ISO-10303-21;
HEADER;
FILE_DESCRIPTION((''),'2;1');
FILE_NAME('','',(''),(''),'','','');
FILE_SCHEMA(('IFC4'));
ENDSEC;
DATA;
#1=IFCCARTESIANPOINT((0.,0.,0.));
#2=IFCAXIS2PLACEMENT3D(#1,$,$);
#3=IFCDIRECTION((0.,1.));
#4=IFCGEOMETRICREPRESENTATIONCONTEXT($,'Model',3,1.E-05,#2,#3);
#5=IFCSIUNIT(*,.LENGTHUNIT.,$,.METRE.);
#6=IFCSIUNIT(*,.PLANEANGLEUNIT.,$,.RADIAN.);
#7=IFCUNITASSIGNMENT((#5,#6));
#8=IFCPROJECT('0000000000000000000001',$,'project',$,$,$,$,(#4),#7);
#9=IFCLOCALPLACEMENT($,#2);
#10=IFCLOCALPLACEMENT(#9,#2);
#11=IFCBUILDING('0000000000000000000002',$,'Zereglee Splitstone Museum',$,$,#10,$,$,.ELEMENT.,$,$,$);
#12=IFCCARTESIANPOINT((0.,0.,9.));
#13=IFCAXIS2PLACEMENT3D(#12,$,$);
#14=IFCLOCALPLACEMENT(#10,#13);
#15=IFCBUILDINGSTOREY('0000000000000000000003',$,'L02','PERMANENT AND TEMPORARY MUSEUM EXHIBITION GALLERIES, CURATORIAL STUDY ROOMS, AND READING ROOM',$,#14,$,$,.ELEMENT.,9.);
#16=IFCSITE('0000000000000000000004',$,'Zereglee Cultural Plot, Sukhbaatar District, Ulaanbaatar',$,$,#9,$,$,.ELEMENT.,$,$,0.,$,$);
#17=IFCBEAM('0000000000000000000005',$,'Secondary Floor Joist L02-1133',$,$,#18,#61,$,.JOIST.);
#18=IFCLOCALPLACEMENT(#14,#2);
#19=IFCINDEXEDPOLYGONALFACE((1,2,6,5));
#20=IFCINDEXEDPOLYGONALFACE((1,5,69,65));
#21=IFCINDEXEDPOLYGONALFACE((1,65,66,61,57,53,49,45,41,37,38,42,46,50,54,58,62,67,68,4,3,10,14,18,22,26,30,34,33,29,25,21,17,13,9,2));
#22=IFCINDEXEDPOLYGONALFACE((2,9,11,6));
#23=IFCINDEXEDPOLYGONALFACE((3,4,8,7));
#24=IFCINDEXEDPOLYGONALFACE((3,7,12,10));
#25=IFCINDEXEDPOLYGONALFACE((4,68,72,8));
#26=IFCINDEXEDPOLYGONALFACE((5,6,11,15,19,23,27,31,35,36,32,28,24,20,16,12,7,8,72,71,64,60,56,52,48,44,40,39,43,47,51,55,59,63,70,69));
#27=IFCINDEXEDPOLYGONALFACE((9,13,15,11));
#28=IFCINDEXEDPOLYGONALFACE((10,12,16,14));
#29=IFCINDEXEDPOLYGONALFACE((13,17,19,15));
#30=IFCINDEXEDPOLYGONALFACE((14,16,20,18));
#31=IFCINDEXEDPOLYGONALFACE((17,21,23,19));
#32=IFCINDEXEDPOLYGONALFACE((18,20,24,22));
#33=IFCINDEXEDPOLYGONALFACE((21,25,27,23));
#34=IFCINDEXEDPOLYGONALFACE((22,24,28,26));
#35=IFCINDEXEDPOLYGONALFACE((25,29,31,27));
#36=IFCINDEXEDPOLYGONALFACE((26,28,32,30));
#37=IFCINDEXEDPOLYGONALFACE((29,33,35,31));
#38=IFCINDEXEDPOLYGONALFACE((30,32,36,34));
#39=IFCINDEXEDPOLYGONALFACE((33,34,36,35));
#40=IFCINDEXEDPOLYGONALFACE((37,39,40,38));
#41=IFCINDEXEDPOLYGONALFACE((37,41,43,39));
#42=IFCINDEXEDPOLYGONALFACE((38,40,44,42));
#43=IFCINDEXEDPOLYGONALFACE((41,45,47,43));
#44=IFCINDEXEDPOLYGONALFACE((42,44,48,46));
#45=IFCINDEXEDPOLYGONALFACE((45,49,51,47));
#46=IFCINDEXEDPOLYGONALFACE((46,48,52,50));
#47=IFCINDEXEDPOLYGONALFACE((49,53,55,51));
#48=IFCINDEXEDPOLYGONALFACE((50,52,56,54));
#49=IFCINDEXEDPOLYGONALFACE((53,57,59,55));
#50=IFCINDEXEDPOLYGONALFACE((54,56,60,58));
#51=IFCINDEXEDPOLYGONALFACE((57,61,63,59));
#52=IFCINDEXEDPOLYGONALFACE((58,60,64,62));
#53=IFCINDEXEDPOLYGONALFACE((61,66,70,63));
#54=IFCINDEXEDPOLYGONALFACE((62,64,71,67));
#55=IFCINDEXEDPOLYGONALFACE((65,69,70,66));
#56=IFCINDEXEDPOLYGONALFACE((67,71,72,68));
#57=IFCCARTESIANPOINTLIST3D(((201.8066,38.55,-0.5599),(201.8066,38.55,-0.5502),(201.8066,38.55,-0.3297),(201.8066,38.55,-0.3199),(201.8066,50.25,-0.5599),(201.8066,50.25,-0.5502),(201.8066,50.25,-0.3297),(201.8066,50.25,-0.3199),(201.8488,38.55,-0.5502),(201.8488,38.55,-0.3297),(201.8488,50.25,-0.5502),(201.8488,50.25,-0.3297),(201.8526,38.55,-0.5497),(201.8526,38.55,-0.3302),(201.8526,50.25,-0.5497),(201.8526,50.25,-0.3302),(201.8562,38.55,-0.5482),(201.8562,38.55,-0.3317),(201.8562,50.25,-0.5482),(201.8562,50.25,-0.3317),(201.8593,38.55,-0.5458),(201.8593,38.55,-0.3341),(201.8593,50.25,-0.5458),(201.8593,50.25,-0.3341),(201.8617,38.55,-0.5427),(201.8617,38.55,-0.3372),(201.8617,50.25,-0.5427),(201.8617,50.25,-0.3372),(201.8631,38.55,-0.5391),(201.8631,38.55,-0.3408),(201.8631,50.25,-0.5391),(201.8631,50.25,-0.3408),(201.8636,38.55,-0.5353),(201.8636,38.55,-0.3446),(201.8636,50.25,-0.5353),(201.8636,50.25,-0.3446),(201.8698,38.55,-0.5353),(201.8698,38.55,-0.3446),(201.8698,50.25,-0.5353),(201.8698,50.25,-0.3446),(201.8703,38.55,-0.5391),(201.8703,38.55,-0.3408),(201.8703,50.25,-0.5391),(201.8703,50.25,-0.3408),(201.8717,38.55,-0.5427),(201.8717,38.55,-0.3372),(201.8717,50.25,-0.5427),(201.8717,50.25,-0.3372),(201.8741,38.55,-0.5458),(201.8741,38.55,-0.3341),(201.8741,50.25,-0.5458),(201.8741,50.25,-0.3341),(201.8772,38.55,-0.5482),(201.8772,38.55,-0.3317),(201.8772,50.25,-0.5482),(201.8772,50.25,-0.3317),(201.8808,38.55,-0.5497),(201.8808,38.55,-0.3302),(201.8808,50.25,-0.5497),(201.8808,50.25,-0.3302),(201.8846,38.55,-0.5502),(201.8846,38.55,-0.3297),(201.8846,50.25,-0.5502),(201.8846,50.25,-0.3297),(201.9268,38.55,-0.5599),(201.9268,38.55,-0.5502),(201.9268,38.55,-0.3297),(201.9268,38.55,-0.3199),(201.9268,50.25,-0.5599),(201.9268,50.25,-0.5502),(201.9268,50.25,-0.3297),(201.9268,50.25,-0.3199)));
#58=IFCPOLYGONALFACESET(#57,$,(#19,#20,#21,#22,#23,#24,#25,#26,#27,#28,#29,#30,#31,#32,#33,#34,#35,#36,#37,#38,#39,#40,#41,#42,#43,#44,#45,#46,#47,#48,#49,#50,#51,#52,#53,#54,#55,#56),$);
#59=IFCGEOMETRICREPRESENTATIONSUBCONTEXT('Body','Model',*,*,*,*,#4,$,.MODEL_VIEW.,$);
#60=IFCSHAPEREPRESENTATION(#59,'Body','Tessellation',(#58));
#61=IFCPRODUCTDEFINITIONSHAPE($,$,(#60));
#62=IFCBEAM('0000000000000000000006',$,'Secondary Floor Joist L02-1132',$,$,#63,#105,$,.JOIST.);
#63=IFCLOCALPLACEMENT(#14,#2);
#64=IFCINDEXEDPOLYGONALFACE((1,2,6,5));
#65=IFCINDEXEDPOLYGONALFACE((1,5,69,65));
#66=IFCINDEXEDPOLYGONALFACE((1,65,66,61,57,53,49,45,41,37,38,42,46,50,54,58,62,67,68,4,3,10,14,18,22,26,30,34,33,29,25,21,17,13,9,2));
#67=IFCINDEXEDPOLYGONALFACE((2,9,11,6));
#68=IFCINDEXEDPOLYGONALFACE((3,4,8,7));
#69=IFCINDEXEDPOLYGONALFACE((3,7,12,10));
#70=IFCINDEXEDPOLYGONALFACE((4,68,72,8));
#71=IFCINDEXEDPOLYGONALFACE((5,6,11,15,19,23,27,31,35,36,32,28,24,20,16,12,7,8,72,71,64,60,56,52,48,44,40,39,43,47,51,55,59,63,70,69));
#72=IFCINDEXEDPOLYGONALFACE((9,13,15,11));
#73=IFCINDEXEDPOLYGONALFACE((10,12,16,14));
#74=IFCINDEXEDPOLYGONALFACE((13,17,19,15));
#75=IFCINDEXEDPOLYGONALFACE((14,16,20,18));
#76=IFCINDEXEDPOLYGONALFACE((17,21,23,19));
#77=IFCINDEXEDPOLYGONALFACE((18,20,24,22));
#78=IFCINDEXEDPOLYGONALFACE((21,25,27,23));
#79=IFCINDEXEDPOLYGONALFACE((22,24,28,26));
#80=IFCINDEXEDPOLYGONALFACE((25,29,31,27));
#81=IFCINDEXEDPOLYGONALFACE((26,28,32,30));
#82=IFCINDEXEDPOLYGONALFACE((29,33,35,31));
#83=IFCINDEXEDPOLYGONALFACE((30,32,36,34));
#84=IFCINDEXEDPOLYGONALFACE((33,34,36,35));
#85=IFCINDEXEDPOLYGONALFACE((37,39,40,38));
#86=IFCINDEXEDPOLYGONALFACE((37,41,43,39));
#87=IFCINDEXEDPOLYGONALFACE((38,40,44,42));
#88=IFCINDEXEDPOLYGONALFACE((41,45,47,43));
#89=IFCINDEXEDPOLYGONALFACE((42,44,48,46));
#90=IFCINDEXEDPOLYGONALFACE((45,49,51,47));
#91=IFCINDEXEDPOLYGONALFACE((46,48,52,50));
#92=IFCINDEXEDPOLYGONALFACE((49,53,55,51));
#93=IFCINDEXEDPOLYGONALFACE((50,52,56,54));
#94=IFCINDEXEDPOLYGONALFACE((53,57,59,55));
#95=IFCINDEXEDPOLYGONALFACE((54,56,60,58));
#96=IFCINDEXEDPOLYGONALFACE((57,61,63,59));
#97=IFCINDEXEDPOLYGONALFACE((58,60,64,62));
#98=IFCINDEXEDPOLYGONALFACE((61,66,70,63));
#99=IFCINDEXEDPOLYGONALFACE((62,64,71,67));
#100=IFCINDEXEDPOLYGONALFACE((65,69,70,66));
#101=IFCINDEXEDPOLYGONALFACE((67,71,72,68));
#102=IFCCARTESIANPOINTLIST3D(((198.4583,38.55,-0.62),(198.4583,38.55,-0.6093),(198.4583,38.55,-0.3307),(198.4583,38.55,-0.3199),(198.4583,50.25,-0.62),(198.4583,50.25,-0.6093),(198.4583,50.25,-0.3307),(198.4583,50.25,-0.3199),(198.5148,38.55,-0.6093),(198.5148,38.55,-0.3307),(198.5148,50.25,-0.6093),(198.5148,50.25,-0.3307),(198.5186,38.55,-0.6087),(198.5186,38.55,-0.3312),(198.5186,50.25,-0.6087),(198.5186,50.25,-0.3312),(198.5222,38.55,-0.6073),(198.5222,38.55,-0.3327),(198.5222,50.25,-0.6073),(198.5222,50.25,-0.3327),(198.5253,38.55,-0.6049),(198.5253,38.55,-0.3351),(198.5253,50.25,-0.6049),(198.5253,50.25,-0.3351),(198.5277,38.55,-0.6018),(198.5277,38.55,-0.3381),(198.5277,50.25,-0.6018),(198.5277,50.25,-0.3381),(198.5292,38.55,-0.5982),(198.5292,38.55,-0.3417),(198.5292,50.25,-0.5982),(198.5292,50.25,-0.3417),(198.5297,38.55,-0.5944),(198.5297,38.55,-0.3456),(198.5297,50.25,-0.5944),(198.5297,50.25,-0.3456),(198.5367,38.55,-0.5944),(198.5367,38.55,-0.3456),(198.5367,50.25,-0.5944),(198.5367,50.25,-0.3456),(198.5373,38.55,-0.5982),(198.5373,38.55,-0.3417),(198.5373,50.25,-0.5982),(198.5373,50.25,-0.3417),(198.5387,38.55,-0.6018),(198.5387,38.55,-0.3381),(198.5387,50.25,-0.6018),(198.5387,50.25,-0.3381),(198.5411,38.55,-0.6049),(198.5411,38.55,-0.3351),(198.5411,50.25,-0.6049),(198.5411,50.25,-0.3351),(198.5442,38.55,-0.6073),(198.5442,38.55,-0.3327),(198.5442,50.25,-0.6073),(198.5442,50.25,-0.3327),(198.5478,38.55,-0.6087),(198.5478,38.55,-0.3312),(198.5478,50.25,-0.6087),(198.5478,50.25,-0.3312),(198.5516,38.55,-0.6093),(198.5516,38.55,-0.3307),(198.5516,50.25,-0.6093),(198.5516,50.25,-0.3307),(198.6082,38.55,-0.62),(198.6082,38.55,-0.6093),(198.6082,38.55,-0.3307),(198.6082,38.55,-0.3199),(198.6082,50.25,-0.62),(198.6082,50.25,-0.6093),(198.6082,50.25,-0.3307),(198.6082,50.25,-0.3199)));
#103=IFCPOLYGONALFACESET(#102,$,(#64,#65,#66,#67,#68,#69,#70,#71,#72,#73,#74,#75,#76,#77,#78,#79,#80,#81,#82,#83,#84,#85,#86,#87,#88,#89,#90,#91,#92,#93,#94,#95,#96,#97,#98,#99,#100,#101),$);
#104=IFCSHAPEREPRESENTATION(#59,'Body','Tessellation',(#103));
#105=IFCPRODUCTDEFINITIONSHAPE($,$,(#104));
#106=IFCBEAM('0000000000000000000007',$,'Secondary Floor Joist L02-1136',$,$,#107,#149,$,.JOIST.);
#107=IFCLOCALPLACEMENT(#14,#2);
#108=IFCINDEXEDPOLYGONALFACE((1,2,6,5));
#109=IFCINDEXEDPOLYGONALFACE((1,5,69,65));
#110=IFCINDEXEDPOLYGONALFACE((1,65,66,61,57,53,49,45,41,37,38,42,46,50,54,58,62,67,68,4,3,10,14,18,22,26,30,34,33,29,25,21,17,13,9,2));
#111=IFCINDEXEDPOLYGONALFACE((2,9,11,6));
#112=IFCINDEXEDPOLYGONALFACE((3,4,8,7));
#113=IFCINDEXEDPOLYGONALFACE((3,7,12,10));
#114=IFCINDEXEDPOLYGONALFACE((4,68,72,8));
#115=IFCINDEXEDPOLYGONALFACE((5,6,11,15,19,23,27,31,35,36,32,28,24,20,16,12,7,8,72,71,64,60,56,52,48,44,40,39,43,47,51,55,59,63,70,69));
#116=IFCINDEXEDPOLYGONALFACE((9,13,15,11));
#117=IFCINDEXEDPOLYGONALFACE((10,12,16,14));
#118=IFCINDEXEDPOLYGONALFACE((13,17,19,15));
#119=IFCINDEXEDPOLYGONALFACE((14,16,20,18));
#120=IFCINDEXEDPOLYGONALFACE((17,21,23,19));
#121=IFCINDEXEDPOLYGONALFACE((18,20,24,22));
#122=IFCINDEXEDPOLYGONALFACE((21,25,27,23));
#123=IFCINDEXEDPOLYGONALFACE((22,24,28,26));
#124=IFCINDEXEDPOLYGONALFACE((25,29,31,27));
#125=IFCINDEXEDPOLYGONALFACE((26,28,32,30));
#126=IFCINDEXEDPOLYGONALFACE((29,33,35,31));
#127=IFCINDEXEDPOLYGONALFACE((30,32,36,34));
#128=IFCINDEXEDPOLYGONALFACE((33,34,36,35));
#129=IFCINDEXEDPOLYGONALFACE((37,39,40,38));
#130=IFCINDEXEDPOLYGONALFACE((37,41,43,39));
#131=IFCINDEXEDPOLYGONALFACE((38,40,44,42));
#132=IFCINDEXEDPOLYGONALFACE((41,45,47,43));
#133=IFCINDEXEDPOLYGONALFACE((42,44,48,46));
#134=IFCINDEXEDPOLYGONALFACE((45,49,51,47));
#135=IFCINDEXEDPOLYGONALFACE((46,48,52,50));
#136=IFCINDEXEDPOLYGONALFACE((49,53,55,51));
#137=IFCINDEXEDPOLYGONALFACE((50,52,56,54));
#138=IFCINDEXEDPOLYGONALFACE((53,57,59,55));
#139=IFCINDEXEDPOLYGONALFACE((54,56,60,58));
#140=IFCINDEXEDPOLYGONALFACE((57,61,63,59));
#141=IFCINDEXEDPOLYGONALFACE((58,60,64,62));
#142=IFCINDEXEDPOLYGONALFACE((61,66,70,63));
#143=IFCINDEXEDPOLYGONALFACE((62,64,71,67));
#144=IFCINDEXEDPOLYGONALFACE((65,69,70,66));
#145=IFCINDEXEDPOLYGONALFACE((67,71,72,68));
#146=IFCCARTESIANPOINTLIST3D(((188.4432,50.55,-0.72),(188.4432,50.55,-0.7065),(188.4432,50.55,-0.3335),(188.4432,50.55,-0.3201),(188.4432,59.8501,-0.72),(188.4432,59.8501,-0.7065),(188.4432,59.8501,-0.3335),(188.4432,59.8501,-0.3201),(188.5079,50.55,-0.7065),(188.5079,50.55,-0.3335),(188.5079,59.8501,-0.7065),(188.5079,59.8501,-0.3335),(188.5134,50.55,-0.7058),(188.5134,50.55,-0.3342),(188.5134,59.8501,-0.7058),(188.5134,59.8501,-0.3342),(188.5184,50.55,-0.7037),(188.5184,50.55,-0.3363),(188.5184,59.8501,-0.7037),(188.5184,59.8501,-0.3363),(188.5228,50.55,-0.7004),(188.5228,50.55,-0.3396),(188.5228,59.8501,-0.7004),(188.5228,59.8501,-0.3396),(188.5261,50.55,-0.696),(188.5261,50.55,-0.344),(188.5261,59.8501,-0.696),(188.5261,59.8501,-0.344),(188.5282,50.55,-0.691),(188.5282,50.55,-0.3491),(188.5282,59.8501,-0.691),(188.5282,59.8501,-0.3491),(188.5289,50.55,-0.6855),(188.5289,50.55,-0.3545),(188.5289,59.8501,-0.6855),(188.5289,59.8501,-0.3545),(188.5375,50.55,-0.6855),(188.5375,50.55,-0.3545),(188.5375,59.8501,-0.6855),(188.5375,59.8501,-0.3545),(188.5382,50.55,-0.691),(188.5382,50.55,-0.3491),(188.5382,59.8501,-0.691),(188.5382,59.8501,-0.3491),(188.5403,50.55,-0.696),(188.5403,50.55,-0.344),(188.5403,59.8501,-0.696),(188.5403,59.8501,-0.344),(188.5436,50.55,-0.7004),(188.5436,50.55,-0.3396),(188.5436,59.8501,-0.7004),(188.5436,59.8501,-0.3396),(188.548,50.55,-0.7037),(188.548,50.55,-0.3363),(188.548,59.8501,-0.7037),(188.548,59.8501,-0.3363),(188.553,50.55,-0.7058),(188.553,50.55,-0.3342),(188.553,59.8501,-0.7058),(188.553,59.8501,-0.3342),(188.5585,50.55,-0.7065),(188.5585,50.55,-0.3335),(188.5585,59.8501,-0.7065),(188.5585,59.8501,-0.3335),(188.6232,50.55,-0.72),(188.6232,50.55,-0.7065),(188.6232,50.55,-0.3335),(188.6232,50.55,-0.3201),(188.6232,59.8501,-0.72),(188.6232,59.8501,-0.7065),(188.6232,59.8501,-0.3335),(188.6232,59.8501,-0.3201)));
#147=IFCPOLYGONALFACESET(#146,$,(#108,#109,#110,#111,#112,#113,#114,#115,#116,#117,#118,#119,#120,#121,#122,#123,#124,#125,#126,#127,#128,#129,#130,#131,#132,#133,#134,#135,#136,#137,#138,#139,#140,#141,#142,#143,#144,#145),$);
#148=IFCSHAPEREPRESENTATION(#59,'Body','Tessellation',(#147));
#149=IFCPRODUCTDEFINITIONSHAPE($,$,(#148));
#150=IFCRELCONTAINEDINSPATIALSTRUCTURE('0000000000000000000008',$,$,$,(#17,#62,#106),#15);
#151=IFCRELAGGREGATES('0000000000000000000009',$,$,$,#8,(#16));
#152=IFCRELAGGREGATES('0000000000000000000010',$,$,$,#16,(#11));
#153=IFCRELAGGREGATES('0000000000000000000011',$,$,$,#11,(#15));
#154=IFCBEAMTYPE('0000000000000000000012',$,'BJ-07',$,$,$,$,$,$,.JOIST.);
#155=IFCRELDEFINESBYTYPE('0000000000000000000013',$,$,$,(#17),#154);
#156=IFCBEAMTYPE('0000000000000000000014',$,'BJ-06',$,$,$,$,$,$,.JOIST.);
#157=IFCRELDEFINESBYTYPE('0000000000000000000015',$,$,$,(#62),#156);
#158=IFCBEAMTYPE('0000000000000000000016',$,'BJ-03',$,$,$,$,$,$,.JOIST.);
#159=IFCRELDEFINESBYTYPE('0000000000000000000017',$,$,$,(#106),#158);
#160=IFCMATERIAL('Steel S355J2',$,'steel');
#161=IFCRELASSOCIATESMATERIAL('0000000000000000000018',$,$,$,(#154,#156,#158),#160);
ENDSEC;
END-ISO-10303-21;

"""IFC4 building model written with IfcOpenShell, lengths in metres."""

from ifc_helpers import new_model, si_unit, direction, frame, origin, origin_2d, place, context, subcontext, project, spatial, i_section, extrude, material, material_profile, profile_set, type_object, element, save


model = new_model("IFC4")

# Units and contexts
model_context = context("Model", 3, precision=1e-05, world=origin(), true_north=direction((0.0, 1.0)))
body_context = subcontext(model_context, "Body", "Model", "MODEL_VIEW")
ifc_project = project(units=[si_unit("LENGTHUNIT", "METRE"), si_unit("PLANEANGLEUNIT", "RADIAN")], contexts=[model_context])

# Site, building, storey
site_placement = place(None, origin())
site = spatial("IfcSite", under=ifc_project, at=site_placement, Name="Zereglee Cultural Plot, Sukhbaatar District, Ulaanbaatar", CompositionType="ELEMENT", RefElevation=0.0)
building_placement = place(site_placement, origin())
building = spatial("IfcBuilding", under=site, at=building_placement, Name="Zereglee Splitstone Museum", CompositionType="ELEMENT")
storey_placement = place(building_placement, frame((0.0, 0.0, 9.0)))
storey = spatial("IfcBuildingStorey", under=building, at=storey_placement, Name="L02", Description="PERMANENT AND TEMPORARY MUSEUM EXHIBITION GALLERIES, CURATORIAL STUDY ROOMS, AND READING ROOM", CompositionType="ELEMENT", Elevation=9.0)

# Shared definitions
ifc_material_1 = material(Name="Steel S355J2", Category="steel")

# Beams
ifc_material_profile_1 = material_profile(ifc_material_1, i_section(OverallWidth=0.1201, OverallDepth=0.24, WebThickness=0.0061, FlangeThickness=0.0098, FilletRadius=0.0149, at=origin_2d()), Name="IPE 240")
ifc_profile_set_1 = profile_set([ifc_material_profile_1], Name="Steel S355J2")
beam_type_1 = type_object("IfcBeamType", Name="BJ-07", PredefinedType="JOIST", material=ifc_profile_set_1)
beam_1_placement = place(storey_placement, frame((201.8667, 38.55, -0.4399), z_axis=(0.0, 1.0, 0.0), x_axis=(-1.0, 0.0, 0.0)))
element("IfcBeam", 1, at=beam_1_placement, inside=storey, type_object=beam_type_1, Name="Secondary Floor Joist L02-1133", PredefinedType="JOIST", context=body_context, shape_type="SweptSolid", body=[
    extrude(i_section(OverallWidth=0.1201, OverallDepth=0.24, WebThickness=0.0061, FlangeThickness=0.0098, FilletRadius=0.0149, at=origin_2d()), origin(), (0.0, 0.0, 1.0), 11.7),
])
ifc_material_profile_2 = material_profile(ifc_material_1, i_section(OverallWidth=0.1499, OverallDepth=0.3, WebThickness=0.0071, FlangeThickness=0.0107, FilletRadius=0.0149, at=origin_2d()), Name="IPE 300")
ifc_profile_set_2 = profile_set([ifc_material_profile_2], Name="Steel S355J2")
beam_type_2 = type_object("IfcBeamType", Name="BJ-06", PredefinedType="JOIST", material=ifc_profile_set_2)
beam_2_placement = place(storey_placement, frame((198.5332, 38.55, -0.47), z_axis=(0.0, 1.0, 0.0), x_axis=(-1.0, 0.0, 0.0)))
element("IfcBeam", 2, at=beam_2_placement, inside=storey, type_object=beam_type_2, Name="Secondary Floor Joist L02-1132", PredefinedType="JOIST", context=body_context, shape_type="SweptSolid", body=[
    extrude(i_section(OverallWidth=0.1499, OverallDepth=0.3, WebThickness=0.0071, FlangeThickness=0.0107, FilletRadius=0.0149, at=origin_2d()), origin(), (0.0, 0.0, 1.0), 11.7),
])
ifc_material_profile_3 = material_profile(ifc_material_1, i_section(OverallWidth=0.1799, OverallDepth=0.3999, WebThickness=0.0085, FlangeThickness=0.0134, FilletRadius=0.021, at=origin_2d()), Name="IPE 400")
ifc_profile_set_3 = profile_set([ifc_material_profile_3], Name="Steel S355J2")
beam_type_3 = type_object("IfcBeamType", Name="BJ-03", PredefinedType="JOIST", material=ifc_profile_set_3)
beam_3_placement = place(storey_placement, frame((188.5332, 50.55, -0.52), z_axis=(0.0, 1.0, 0.0), x_axis=(-1.0, 0.0, 0.0)))
element("IfcBeam", 3, at=beam_3_placement, inside=storey, type_object=beam_type_3, Name="Secondary Floor Joist L02-1136", PredefinedType="JOIST", context=body_context, shape_type="SweptSolid", body=[
    extrude(i_section(OverallWidth=0.1799, OverallDepth=0.3999, WebThickness=0.0085, FlangeThickness=0.0134, FilletRadius=0.021, at=origin_2d()), origin(), (0.0, 0.0, 1.0), 9.3),
])

save(model, "model.ifc")
